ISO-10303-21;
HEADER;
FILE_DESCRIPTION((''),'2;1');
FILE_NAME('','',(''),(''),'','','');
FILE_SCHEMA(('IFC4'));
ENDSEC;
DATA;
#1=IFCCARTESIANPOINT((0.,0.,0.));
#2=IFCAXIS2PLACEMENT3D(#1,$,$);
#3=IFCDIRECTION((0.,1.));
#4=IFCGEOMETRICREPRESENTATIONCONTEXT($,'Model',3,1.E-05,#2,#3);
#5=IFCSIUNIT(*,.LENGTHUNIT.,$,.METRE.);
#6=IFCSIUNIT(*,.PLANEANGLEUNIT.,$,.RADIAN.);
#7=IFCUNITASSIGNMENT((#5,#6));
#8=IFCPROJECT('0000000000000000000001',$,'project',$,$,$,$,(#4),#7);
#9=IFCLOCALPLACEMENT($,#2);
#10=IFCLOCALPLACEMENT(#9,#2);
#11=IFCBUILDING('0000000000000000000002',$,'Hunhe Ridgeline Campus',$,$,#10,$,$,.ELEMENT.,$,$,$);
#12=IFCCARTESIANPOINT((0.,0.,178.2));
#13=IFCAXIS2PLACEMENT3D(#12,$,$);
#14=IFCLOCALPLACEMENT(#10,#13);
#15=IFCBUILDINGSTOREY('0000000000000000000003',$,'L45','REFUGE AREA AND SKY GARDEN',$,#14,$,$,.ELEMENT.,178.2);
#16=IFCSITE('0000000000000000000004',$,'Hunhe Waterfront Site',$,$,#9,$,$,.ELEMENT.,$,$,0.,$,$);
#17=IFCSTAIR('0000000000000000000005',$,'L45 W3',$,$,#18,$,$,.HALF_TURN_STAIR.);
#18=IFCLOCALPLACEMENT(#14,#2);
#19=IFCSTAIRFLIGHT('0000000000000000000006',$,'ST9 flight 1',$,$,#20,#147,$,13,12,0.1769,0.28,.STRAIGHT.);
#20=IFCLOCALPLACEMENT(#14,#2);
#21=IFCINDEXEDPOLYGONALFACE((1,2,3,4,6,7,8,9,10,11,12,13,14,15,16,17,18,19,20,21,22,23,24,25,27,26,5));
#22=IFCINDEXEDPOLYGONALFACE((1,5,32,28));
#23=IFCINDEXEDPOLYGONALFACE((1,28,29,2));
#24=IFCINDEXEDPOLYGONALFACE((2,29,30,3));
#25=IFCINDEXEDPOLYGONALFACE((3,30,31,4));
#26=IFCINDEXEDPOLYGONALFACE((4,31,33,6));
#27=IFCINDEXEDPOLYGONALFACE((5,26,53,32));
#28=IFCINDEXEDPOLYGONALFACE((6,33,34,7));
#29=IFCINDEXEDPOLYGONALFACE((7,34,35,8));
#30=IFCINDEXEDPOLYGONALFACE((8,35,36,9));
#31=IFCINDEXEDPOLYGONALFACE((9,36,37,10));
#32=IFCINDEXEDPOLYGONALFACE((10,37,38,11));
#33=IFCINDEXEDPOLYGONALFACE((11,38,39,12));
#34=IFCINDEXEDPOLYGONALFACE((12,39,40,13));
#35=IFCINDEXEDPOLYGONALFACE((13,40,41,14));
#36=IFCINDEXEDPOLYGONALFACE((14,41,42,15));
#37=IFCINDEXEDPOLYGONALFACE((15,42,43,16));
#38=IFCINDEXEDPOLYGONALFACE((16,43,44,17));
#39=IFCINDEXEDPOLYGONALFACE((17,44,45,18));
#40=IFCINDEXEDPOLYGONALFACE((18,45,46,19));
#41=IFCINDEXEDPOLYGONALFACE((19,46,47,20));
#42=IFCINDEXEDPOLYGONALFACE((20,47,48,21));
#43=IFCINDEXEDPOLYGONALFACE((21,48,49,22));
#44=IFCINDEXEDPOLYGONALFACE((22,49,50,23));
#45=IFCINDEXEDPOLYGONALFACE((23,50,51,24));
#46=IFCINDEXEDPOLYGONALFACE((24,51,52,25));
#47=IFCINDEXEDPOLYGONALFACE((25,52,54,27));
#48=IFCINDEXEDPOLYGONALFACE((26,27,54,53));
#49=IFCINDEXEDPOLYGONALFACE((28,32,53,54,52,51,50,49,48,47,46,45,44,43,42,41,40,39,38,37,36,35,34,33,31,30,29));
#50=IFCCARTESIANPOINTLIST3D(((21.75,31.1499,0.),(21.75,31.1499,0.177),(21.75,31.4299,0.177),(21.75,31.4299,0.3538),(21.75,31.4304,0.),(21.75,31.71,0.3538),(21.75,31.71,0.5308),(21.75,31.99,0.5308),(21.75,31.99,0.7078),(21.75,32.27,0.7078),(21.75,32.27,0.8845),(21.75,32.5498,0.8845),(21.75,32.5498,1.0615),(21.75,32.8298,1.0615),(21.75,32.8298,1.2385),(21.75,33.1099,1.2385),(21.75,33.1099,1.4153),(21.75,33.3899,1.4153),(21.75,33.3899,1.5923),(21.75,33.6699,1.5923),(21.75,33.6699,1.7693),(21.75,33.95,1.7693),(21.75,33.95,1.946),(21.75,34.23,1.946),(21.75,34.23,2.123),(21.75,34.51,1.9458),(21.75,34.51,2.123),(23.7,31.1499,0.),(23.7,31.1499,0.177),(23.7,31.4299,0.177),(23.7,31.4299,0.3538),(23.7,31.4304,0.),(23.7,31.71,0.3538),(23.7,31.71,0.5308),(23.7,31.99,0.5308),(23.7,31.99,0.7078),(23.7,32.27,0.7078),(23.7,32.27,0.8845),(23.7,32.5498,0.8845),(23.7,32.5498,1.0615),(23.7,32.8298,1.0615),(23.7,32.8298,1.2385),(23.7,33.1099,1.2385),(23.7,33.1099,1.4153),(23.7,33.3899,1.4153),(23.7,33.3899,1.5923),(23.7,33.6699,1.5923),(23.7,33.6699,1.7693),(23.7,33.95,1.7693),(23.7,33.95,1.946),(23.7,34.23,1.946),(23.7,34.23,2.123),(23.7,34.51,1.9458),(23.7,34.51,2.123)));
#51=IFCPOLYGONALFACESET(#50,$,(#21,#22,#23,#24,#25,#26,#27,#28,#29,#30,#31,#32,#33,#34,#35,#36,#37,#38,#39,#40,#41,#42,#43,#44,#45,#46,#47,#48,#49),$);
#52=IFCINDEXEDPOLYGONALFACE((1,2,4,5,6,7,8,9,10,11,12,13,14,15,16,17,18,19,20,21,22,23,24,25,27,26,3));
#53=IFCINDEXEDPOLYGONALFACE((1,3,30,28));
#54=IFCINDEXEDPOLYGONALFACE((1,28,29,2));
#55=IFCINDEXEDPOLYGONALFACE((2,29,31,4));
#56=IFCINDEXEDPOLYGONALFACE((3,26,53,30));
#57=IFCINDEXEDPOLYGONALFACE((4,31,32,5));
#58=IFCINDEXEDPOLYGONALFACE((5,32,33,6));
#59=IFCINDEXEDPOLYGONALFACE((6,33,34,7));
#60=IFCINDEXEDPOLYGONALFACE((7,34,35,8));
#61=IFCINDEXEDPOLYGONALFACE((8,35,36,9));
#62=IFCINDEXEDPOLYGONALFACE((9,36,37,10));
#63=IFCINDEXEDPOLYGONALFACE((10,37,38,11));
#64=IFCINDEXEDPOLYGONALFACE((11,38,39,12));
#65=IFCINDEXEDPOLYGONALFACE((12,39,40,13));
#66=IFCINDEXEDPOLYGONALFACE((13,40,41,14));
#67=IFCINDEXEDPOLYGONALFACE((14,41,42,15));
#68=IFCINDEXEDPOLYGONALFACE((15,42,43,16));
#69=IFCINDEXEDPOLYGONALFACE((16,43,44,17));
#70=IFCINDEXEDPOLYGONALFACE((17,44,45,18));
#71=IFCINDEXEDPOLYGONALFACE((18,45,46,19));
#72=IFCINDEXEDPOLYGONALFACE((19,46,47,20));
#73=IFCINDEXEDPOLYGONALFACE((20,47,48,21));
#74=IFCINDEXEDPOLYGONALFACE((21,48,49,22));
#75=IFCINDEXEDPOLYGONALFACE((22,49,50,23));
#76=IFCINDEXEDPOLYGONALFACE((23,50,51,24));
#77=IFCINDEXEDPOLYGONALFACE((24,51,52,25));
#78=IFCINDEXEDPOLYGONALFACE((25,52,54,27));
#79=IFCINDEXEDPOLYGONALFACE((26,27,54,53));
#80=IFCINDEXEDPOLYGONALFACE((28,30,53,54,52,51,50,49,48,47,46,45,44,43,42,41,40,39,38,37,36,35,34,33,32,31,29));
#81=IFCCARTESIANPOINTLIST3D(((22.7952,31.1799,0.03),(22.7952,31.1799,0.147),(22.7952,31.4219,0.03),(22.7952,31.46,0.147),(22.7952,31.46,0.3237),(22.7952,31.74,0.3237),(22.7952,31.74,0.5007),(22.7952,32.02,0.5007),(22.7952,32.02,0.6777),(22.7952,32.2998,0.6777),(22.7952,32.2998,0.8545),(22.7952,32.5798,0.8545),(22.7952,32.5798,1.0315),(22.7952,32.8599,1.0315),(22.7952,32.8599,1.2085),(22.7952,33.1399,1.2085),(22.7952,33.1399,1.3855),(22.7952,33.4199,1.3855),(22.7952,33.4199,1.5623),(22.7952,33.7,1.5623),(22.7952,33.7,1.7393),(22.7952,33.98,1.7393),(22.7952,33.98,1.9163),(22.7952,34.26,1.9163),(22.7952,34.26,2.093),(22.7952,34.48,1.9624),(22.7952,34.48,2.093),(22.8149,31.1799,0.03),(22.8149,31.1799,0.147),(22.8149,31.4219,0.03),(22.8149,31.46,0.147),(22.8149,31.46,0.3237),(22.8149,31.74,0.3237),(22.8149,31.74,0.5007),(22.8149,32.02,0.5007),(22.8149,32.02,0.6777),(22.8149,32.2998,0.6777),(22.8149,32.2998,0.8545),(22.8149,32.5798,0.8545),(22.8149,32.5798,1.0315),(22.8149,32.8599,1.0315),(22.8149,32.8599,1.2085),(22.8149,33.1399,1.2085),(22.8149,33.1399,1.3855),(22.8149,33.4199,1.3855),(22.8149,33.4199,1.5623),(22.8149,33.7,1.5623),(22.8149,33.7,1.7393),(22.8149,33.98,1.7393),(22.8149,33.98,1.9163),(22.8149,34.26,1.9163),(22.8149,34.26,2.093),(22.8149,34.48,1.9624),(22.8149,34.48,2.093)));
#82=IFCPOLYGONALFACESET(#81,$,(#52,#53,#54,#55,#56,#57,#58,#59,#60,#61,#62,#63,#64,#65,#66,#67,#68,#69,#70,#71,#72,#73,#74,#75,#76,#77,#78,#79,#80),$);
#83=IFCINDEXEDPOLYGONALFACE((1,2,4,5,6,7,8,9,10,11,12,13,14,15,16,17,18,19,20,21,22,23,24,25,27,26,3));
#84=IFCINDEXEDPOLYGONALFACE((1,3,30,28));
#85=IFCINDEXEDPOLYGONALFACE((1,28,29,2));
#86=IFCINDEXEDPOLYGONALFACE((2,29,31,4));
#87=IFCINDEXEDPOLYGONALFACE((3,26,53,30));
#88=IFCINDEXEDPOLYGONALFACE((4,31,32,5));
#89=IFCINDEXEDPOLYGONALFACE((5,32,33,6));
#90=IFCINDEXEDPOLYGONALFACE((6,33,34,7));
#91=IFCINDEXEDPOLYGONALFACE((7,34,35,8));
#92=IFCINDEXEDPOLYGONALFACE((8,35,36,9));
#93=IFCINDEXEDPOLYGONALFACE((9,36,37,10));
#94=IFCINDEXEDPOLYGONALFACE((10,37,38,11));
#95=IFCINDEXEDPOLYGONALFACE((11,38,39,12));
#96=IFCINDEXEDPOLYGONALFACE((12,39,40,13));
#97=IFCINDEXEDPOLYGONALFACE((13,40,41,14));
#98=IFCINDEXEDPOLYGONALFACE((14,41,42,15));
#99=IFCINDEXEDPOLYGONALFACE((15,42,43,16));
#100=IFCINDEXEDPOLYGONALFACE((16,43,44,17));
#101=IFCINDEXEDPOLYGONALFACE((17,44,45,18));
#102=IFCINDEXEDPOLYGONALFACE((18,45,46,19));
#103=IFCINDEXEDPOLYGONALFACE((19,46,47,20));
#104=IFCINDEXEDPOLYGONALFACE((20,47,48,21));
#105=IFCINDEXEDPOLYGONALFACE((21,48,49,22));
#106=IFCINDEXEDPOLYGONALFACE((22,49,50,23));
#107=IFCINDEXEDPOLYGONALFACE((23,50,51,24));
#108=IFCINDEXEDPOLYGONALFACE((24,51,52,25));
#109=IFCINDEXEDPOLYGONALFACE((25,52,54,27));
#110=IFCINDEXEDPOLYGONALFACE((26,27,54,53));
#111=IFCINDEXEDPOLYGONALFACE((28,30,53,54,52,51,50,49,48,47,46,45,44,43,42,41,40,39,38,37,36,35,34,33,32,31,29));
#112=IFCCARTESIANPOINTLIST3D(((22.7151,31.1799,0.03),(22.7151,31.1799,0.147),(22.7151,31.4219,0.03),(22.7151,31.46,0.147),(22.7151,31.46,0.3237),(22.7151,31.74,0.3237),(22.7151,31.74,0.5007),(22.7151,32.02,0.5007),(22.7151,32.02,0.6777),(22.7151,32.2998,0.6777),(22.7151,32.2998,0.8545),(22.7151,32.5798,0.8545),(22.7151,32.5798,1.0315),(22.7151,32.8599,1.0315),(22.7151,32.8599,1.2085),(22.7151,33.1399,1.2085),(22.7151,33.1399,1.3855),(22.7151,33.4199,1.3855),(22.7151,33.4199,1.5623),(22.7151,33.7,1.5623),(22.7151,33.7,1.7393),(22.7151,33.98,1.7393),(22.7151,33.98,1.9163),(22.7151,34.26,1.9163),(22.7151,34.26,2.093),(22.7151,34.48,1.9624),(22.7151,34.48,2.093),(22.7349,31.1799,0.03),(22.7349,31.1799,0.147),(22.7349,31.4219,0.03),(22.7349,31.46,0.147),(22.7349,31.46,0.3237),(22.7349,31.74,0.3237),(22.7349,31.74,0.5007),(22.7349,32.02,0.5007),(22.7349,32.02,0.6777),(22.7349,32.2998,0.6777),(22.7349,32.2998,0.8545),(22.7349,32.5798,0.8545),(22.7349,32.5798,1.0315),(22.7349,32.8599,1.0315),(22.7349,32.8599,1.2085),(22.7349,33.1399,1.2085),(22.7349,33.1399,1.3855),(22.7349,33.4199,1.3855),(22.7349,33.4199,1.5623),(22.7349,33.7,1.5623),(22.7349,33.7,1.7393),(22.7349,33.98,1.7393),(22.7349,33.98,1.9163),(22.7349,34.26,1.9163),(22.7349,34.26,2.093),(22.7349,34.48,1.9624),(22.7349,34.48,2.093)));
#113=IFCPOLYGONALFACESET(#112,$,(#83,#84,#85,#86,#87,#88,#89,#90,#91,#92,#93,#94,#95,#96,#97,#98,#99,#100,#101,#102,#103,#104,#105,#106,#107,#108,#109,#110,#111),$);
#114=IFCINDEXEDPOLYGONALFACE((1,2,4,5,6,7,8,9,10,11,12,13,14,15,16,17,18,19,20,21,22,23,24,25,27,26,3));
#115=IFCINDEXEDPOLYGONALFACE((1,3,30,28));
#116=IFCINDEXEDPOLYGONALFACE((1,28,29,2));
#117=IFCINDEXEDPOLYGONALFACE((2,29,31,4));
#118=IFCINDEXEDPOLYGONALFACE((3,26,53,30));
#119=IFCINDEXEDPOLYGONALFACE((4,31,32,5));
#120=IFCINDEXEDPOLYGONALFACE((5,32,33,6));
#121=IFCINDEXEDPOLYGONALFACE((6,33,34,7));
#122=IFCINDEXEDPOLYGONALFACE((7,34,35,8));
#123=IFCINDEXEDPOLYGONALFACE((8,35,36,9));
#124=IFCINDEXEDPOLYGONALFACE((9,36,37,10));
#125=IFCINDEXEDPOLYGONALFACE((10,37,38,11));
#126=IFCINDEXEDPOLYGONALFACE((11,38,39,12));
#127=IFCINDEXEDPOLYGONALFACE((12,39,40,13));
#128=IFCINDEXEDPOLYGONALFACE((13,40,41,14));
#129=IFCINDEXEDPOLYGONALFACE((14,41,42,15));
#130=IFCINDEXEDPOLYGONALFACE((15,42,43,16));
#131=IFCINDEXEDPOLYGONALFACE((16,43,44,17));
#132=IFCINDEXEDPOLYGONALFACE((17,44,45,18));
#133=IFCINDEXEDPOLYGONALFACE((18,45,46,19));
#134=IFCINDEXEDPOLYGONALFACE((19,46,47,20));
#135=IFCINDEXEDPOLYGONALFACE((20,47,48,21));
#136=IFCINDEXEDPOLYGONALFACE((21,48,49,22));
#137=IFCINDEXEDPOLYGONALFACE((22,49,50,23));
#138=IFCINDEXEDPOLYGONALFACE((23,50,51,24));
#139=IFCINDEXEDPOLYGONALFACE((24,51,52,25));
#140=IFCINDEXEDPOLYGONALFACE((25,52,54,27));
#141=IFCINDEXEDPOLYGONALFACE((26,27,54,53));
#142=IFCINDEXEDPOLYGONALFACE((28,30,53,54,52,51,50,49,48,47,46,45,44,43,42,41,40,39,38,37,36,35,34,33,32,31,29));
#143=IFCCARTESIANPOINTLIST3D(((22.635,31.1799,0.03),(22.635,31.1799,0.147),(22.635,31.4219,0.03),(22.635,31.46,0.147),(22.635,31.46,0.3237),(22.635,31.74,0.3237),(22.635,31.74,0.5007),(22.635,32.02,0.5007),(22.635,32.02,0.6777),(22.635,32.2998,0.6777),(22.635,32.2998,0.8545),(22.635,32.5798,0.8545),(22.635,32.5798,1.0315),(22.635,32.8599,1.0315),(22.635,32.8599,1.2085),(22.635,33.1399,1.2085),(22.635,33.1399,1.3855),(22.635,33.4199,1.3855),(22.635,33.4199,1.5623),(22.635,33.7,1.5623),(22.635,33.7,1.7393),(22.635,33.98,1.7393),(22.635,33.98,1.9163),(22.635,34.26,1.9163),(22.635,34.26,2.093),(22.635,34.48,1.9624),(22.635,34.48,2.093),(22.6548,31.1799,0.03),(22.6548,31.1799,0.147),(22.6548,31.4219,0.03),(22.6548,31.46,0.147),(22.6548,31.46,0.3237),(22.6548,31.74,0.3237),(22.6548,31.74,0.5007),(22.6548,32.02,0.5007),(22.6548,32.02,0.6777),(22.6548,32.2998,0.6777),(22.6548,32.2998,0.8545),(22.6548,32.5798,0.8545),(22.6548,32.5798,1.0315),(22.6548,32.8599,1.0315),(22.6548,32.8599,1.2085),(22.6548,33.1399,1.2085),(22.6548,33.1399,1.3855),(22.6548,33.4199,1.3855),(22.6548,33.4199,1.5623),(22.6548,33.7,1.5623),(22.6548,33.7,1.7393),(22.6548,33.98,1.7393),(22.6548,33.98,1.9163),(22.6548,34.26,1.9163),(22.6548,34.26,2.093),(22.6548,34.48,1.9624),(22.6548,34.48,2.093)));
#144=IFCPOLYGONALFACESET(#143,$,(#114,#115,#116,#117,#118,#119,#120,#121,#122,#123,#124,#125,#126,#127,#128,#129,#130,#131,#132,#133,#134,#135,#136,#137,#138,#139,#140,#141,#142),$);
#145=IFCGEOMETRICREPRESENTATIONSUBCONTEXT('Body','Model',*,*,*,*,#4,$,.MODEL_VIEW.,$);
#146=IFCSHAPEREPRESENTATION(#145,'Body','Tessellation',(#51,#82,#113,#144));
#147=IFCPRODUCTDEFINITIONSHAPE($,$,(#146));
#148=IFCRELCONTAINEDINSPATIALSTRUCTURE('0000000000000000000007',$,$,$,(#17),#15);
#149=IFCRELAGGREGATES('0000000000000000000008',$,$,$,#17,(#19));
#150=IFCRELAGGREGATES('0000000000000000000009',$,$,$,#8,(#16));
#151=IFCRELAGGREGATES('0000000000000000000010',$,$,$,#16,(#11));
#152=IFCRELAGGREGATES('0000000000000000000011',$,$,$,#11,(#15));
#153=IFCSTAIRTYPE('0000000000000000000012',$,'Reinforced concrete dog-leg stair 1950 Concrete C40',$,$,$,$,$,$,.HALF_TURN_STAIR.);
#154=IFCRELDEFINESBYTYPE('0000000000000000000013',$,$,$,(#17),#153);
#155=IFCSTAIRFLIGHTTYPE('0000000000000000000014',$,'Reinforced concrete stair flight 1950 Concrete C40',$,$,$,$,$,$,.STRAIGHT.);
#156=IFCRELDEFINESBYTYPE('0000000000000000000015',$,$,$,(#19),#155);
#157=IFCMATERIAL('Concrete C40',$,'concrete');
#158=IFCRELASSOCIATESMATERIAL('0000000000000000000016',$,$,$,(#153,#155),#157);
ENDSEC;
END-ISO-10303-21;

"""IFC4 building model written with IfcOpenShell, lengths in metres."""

from ifc_helpers import new_model, si_unit, direction, frame, origin, place, context, subcontext, project, spatial, polyline, outline, extrude, material, type_object, element, aggregate, save


model = new_model("IFC4")

# Units and contexts
model_context = context("Model", 3, precision=1e-05, world=origin(), true_north=direction((0.0, 1.0)))
body_context = subcontext(model_context, "Body", "Model", "MODEL_VIEW")
ifc_project = project(units=[si_unit("LENGTHUNIT", "METRE"), si_unit("PLANEANGLEUNIT", "RADIAN")], contexts=[model_context])

# Site, building, storey
site_placement = place(None, origin())
site = spatial("IfcSite", under=ifc_project, at=site_placement, Name="Hunhe Waterfront Site", CompositionType="ELEMENT", RefElevation=0.0)
building_placement = place(site_placement, origin())
building = spatial("IfcBuilding", under=site, at=building_placement, Name="Hunhe Ridgeline Campus", CompositionType="ELEMENT")
storey_placement = place(building_placement, frame((0.0, 0.0, 178.2)))
storey = spatial("IfcBuildingStorey", under=building, at=storey_placement, Name="L45", Description="REFUGE AREA AND SKY GARDEN", CompositionType="ELEMENT", Elevation=178.2)

# Stair, stair flight
ifc_material_1 = material(Name="Concrete C40", Category="concrete")
stair_type = type_object("IfcStairType", Name="Reinforced concrete dog-leg stair 1950 Concrete C40", PredefinedType="HALF_TURN_STAIR", material=ifc_material_1)
stair_1_placement = place(storey_placement, origin())
stair_1 = element("IfcStair", 1, at=stair_1_placement, inside=storey, type_object=stair_type, Name="L45 W3", PredefinedType="HALF_TURN_STAIR")
stair_flight_type = type_object("IfcStairFlightType", Name="Reinforced concrete stair flight 1950 Concrete C40", PredefinedType="STRAIGHT", material=ifc_material_1)
stair_flight_1_placement = place(storey_placement, frame((22.7251, 31.1499, 0.0), z_axis=(0.0, 0.0, 1.0), x_axis=(0.0, 1.0, 0.0)))
stair_flight_1 = element("IfcStairFlight", 2, at=stair_flight_1_placement, type_object=stair_flight_type, Name="ST9 flight 1", NumberOfRisers=13, NumberOfTreads=12, PredefinedType="STRAIGHT", RiserHeight=0.1769, TreadLength=0.28, context=body_context, shape_type="SweptSolid", body=[
    extrude(outline(polyline([(0.0, 0.0), (0.0, 0.177), (0.28, 0.177), (0.28, 0.3538), (0.5601, 0.3538), (0.5601, 0.5308), (0.8401, 0.5308), (0.8401, 0.7078), (1.1201, 0.7078), (1.1201, 0.8845), (1.3999, 0.8845), (1.3999, 1.0615), (1.6799, 1.0615), (1.6799, 1.2385), (1.96, 1.2385), (1.96, 1.4153), (2.24, 1.4153), (2.24, 1.5923), (2.52, 1.5923), (2.52, 1.7693), (2.8, 1.7693), (2.8, 1.946), (3.0801, 1.946), (3.0801, 2.123), (3.3601, 2.123), (3.3601, 2.3), (3.3601, 1.9458), (0.2805, 0.0), (0.0, 0.0)])), frame((0.0, 0.9751, 0.0), z_axis=(0.0, -1.0, 0.0), x_axis=(1.0, 0.0, 0.0)), (0.0, 0.0, 1.0), 1.95),
    extrude(outline(polyline([(0.03, 0.03), (0.03, 0.147), (0.3101, 0.147), (0.3101, 0.3237), (0.5901, 0.3237), (0.5901, 0.5007), (0.8701, 0.5007), (0.8701, 0.6777), (1.1499, 0.6777), (1.1499, 0.8545), (1.4299, 0.8545), (1.4299, 1.0315), (1.71, 1.0315), (1.71, 1.2085), (1.99, 1.2085), (1.99, 1.3855), (2.27, 1.3855), (2.27, 1.5623), (2.55, 1.5623), (2.55, 1.7393), (2.8301, 1.7393), (2.8301, 1.9163), (3.1101, 1.9163), (3.1101, 2.093), (3.3301, 2.093), (3.3301, 1.9624), (0.272, 0.03), (0.03, 0.03)])), frame((0.0, -0.0701, 0.0), z_axis=(0.0, -1.0, 0.0), x_axis=(1.0, 0.0, 0.0)), (0.0, 0.0, 1.0), 0.0198),
    extrude(outline(polyline([(0.03, 0.03), (0.03, 0.147), (0.3101, 0.147), (0.3101, 0.3237), (0.5901, 0.3237), (0.5901, 0.5007), (0.8701, 0.5007), (0.8701, 0.6777), (1.1499, 0.6777), (1.1499, 0.8545), (1.4299, 0.8545), (1.4299, 1.0315), (1.71, 1.0315), (1.71, 1.2085), (1.99, 1.2085), (1.99, 1.3855), (2.27, 1.3855), (2.27, 1.5623), (2.55, 1.5623), (2.55, 1.7393), (2.8301, 1.7393), (2.8301, 1.9163), (3.1101, 1.9163), (3.1101, 2.093), (3.3301, 2.093), (3.3301, 1.9624), (0.272, 0.03), (0.03, 0.03)])), frame((0.0, 0.01, 0.0), z_axis=(0.0, -1.0, 0.0), x_axis=(1.0, 0.0, 0.0)), (0.0, 0.0, 1.0), 0.0198),
    extrude(outline(polyline([(0.03, 0.03), (0.03, 0.147), (0.3101, 0.147), (0.3101, 0.3237), (0.5901, 0.3237), (0.5901, 0.5007), (0.8701, 0.5007), (0.8701, 0.6777), (1.1499, 0.6777), (1.1499, 0.8545), (1.4299, 0.8545), (1.4299, 1.0315), (1.71, 1.0315), (1.71, 1.2085), (1.99, 1.2085), (1.99, 1.3855), (2.27, 1.3855), (2.27, 1.5623), (2.55, 1.5623), (2.55, 1.7393), (2.8301, 1.7393), (2.8301, 1.9163), (3.1101, 1.9163), (3.1101, 2.093), (3.3301, 2.093), (3.3301, 1.9624), (0.272, 0.03), (0.03, 0.03)])), frame((0.0, 0.0901, 0.0), z_axis=(0.0, -1.0, 0.0), x_axis=(1.0, 0.0, 0.0)), (0.0, 0.0, 1.0), 0.0198),
])
aggregate(stair_1, [stair_flight_1])

save(model, "model.ifc")
